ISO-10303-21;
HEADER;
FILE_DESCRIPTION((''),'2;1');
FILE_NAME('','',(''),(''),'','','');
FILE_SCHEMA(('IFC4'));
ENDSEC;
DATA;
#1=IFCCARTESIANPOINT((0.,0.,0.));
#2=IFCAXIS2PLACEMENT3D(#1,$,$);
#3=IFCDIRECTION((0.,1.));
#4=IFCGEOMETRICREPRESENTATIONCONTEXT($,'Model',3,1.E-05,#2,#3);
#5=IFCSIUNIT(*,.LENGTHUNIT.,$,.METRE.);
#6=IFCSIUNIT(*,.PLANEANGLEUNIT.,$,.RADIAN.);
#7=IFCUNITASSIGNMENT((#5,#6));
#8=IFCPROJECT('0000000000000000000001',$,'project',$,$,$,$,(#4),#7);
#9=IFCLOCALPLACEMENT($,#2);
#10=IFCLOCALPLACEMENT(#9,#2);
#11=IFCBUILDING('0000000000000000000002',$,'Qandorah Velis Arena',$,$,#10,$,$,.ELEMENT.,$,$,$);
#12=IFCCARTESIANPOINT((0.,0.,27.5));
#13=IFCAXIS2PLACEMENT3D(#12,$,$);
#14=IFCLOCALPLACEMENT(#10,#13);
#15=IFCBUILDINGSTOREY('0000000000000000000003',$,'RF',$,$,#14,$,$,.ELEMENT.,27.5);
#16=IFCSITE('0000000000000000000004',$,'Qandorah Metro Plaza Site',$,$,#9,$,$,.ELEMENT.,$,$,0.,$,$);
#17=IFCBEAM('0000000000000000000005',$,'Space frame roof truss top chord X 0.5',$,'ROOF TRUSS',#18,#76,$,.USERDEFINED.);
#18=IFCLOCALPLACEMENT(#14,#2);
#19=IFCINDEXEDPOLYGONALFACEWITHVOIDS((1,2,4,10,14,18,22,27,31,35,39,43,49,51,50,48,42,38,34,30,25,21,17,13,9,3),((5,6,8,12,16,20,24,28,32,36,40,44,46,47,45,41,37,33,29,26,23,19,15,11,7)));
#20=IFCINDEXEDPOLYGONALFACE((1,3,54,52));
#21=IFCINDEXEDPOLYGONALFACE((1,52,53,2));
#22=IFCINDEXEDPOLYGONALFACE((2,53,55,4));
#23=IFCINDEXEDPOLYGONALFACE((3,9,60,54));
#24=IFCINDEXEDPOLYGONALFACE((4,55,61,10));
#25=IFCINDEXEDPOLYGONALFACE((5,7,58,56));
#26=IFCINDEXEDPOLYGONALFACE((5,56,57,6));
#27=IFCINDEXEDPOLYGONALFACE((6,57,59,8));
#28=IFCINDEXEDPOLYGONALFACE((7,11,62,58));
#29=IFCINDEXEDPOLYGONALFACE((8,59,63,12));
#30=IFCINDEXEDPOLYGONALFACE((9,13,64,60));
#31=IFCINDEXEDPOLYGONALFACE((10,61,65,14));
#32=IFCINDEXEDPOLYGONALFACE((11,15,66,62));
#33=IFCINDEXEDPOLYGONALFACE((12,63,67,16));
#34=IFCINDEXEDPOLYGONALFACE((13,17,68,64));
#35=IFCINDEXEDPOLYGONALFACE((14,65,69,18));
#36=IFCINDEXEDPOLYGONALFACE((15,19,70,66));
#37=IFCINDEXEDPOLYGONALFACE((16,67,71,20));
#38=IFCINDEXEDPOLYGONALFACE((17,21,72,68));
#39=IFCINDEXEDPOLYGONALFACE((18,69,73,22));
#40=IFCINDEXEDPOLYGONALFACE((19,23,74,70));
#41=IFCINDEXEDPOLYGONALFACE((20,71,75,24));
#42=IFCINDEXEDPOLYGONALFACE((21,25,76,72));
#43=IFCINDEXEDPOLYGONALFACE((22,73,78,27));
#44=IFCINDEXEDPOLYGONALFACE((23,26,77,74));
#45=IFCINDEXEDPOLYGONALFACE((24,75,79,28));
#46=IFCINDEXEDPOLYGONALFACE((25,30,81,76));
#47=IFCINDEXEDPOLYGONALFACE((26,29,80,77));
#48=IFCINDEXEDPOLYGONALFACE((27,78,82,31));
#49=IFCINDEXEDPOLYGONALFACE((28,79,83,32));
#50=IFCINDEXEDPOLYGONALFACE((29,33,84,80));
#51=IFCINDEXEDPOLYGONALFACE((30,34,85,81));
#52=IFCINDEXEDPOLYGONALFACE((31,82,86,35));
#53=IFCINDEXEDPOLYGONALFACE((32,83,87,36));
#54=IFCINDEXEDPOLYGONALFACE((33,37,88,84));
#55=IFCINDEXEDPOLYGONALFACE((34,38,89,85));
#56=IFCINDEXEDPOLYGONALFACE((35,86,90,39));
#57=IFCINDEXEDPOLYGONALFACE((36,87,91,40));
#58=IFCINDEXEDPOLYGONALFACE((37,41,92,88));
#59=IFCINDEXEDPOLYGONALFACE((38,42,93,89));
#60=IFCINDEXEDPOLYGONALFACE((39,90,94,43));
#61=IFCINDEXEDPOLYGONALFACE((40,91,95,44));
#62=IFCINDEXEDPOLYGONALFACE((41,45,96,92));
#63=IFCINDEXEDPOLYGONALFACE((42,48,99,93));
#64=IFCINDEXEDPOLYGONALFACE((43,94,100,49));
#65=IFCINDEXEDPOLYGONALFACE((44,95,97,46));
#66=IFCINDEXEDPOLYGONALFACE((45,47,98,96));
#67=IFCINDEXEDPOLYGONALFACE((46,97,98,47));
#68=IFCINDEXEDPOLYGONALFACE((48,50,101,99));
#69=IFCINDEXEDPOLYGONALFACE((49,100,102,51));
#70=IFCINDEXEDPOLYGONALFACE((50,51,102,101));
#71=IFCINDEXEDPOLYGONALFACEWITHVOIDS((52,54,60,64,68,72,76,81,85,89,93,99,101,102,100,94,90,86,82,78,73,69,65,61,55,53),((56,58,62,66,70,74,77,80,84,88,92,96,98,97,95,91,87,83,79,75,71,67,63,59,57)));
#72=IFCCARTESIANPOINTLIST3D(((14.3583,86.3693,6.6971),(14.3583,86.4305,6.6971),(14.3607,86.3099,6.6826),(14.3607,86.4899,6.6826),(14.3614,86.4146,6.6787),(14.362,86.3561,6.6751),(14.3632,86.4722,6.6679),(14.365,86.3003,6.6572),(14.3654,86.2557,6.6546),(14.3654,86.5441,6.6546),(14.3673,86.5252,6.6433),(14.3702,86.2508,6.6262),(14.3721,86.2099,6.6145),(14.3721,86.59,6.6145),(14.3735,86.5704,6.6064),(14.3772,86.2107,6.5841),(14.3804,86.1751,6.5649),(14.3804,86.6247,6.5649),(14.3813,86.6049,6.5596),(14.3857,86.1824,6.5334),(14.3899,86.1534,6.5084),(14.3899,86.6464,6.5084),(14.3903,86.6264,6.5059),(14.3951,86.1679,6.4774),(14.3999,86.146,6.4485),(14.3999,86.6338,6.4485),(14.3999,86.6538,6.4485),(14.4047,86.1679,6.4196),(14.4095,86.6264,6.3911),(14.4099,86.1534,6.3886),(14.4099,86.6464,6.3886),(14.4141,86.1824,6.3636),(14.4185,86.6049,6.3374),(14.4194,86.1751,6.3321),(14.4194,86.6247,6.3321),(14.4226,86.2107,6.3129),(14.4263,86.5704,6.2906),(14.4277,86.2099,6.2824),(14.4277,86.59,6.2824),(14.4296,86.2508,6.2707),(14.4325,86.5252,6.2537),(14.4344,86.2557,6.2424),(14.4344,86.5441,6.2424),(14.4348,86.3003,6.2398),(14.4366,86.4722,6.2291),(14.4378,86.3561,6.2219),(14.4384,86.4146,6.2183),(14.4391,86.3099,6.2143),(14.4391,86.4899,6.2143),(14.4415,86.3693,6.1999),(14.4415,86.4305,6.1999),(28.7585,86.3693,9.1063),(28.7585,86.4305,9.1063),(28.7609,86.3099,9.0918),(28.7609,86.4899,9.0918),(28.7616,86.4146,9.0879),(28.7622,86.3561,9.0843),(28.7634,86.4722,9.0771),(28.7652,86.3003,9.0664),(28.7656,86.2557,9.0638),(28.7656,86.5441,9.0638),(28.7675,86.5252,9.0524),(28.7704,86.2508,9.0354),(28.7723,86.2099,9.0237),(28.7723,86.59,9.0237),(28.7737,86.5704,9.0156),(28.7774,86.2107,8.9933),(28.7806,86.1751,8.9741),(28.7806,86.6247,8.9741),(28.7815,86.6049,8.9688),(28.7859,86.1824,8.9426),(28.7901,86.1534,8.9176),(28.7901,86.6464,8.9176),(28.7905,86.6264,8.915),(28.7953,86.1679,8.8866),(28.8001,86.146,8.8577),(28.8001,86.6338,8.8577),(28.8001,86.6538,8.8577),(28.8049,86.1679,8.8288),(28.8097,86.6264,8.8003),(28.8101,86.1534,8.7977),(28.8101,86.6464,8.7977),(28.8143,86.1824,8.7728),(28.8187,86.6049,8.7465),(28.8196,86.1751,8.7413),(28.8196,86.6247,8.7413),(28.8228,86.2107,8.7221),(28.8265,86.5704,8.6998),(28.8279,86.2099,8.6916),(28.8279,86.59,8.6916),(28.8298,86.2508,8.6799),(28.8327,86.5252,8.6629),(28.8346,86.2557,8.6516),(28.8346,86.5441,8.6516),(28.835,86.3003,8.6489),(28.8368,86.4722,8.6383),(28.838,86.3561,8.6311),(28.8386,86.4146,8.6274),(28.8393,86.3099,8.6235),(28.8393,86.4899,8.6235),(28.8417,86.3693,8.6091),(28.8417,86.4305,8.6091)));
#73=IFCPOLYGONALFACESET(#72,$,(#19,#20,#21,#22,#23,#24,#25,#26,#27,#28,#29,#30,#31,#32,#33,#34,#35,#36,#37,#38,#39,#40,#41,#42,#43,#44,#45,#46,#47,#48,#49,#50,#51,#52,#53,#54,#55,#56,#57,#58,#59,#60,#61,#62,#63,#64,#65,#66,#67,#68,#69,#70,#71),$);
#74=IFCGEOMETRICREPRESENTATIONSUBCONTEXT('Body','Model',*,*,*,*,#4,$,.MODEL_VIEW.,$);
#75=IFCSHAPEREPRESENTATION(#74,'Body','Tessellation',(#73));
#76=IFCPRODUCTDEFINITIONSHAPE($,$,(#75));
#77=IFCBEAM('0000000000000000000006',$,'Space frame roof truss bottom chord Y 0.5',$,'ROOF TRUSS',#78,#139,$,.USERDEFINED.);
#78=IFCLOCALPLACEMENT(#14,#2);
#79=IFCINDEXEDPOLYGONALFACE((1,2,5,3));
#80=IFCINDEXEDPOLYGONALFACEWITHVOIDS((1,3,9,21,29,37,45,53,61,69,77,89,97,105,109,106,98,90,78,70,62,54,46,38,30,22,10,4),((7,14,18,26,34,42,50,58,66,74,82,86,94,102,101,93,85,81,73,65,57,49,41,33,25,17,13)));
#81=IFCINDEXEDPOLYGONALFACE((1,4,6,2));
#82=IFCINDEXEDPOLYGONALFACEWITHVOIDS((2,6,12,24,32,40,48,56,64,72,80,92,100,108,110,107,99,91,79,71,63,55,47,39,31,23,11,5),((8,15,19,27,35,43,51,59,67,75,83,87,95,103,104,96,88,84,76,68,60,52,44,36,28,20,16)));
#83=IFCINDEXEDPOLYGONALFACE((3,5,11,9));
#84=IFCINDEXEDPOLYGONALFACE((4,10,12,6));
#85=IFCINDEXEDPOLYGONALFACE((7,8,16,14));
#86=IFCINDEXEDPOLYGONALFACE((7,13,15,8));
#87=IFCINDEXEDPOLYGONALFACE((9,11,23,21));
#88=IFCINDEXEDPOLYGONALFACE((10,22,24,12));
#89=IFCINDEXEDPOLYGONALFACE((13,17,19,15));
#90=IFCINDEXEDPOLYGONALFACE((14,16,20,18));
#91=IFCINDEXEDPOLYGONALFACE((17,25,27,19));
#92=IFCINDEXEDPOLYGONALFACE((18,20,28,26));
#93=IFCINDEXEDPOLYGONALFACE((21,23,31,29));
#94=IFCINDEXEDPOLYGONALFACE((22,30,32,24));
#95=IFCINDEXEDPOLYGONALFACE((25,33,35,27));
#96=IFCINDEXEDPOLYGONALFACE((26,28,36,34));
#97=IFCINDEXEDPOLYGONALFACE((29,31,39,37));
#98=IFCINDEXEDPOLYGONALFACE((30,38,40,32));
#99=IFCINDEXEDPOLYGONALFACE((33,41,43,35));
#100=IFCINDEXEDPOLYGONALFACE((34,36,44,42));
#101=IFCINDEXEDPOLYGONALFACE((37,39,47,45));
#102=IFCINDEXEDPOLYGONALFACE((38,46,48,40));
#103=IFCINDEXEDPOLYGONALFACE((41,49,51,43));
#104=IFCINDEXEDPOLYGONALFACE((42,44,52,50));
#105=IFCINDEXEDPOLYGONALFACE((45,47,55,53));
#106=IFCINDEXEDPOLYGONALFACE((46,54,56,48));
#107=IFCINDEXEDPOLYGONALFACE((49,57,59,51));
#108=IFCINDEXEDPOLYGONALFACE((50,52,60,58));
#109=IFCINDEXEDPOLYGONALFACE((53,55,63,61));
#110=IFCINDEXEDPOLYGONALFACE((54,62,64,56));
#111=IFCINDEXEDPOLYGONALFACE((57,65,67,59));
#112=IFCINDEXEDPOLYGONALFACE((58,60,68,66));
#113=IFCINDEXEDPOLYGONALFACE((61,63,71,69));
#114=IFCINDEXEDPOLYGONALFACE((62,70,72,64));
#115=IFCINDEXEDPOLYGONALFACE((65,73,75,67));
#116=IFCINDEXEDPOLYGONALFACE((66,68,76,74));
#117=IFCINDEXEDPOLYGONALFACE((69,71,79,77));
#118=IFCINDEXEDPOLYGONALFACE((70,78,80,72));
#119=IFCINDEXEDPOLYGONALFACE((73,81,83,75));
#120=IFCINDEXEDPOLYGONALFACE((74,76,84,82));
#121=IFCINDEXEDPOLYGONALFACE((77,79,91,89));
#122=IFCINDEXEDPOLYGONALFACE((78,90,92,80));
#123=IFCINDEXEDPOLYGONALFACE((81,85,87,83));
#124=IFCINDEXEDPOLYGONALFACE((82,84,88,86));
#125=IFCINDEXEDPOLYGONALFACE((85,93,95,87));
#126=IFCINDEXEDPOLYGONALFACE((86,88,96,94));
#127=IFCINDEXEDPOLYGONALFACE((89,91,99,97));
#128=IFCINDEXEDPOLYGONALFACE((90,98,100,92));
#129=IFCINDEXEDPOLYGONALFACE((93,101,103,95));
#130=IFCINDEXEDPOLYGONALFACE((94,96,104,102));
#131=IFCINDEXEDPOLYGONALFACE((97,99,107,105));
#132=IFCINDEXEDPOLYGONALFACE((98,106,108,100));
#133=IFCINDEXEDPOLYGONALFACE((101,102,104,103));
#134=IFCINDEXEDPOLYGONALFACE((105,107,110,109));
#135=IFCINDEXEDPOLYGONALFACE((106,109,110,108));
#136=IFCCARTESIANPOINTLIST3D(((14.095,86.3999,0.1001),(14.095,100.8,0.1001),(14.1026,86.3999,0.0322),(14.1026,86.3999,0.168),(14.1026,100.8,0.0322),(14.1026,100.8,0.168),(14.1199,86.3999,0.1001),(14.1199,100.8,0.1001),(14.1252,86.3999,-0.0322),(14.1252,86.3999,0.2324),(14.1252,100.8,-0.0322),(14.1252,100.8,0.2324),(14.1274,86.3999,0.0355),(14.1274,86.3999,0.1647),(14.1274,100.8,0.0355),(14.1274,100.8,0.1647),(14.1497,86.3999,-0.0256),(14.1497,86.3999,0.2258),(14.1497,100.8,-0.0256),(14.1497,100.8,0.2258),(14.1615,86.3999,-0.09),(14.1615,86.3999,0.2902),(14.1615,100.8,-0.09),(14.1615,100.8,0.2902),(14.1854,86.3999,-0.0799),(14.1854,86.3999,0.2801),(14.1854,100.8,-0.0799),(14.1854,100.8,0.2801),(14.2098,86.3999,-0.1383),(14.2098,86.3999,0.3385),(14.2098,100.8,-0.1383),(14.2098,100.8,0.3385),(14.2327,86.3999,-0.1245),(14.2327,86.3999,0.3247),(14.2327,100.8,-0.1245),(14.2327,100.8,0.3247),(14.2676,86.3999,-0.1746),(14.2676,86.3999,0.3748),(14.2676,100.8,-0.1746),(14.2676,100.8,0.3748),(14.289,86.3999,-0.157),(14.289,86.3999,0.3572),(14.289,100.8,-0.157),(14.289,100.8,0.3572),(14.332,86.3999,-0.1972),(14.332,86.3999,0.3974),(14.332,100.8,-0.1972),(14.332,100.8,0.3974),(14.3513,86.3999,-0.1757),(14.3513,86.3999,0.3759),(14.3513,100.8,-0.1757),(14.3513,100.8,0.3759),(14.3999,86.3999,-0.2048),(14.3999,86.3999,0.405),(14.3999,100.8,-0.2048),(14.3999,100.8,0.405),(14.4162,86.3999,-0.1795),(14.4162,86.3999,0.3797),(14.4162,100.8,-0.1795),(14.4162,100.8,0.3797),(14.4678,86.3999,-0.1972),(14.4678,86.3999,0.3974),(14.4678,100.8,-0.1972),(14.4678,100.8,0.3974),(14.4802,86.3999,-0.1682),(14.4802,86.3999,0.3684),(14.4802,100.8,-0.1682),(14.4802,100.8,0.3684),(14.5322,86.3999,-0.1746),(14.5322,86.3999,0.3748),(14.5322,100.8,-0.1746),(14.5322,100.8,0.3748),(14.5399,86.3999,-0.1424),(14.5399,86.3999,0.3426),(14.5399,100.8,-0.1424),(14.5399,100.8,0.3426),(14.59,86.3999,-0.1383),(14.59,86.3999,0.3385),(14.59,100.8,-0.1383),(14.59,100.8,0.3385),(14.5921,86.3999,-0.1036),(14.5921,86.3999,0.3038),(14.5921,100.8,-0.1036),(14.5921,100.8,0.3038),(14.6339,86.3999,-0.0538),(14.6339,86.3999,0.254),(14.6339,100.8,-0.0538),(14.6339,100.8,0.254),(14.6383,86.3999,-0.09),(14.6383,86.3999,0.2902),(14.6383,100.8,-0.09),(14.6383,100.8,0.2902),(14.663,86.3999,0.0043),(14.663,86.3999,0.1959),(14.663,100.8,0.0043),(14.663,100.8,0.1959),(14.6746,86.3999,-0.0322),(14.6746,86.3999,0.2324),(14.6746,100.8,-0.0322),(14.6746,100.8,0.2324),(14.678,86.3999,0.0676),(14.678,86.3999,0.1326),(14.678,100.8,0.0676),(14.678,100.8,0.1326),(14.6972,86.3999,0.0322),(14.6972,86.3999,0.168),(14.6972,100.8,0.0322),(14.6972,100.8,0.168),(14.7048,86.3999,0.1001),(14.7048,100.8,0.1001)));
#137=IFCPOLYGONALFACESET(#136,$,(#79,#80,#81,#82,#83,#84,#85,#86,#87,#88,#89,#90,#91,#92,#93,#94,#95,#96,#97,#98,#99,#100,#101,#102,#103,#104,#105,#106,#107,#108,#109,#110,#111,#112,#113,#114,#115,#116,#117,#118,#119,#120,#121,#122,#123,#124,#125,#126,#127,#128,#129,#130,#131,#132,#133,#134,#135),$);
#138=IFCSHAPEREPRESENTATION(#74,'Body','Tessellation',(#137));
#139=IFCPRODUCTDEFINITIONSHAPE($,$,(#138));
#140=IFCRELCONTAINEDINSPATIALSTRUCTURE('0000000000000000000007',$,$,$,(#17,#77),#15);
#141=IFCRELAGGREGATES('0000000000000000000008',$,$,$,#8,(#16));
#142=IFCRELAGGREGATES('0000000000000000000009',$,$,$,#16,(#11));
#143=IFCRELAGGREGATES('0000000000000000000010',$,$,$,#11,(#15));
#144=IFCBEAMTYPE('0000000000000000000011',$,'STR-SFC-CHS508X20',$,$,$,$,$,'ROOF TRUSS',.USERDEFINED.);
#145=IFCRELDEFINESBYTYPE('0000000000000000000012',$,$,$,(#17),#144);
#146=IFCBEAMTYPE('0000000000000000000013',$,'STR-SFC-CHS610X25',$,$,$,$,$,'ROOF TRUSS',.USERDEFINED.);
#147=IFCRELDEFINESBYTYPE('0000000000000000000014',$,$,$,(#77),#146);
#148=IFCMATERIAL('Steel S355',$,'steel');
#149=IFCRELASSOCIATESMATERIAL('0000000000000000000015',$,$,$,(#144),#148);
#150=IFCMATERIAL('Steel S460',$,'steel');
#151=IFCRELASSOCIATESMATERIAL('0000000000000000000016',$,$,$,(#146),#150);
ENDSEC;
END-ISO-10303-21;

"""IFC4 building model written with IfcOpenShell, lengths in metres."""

from ifc_helpers import new_model, si_unit, direction, frame, origin, origin_2d, place, context, subcontext, project, spatial, hollow_circle, extrude, material, material_profile, profile_set, type_object, element, save


model = new_model("IFC4")

# Units and contexts
model_context = context("Model", 3, precision=1e-05, world=origin(), true_north=direction((0.0, 1.0)))
body_context = subcontext(model_context, "Body", "Model", "MODEL_VIEW")
ifc_project = project(units=[si_unit("LENGTHUNIT", "METRE"), si_unit("PLANEANGLEUNIT", "RADIAN")], contexts=[model_context])

# Site, building, storey
site_placement = place(None, origin())
site = spatial("IfcSite", under=ifc_project, at=site_placement, Name="Qandorah Metro Plaza Site", CompositionType="ELEMENT", RefElevation=0.0)
building_placement = place(site_placement, origin())
building = spatial("IfcBuilding", under=site, at=building_placement, Name="Qandorah Velis Arena", CompositionType="ELEMENT")
storey_placement = place(building_placement, frame((0.0, 0.0, 27.5)))
storey = spatial("IfcBuildingStorey", under=building, at=storey_placement, Name="RF", CompositionType="ELEMENT", Elevation=27.5)

# Beams
ifc_material_1 = material(Name="Steel S355", Category="steel")
ifc_material_profile_1 = material_profile(ifc_material_1, hollow_circle(Radius=0.2539, WallThickness=0.02, at=origin_2d()), Name="CHS 508x20")
ifc_profile_set_1 = profile_set([ifc_material_profile_1], Name="Steel S355")
beam_type_1 = type_object("IfcBeamType", Name="STR-SFC-CHS508X20", ElementType="ROOF TRUSS", PredefinedType="USERDEFINED", material=ifc_profile_set_1)
beam_1_placement = place(storey_placement, frame((14.3999, 86.3999, 6.4485), z_axis=(0.986292, 0.0, 0.165009), x_axis=(0.0, 1.0, 0.0)))
element("IfcBeam", 1, at=beam_1_placement, inside=storey, type_object=beam_type_1, Name="Space frame roof truss top chord X 0.5", ObjectType="ROOF TRUSS", PredefinedType="USERDEFINED", context=body_context, shape_type="SweptSolid", body=[
    extrude(hollow_circle(Radius=0.2539, WallThickness=0.02, at=origin_2d()), origin(), (0.0, 0.0, 1.0), 14.6003),
])
ifc_material_2 = material(Name="Steel S460", Category="steel")
ifc_material_profile_2 = material_profile(ifc_material_2, hollow_circle(Radius=0.3049, WallThickness=0.0249, at=origin_2d()), Name="CHS 610x25")
ifc_profile_set_2 = profile_set([ifc_material_profile_2], Name="Steel S460")
beam_type_2 = type_object("IfcBeamType", Name="STR-SFC-CHS610X25", ElementType="ROOF TRUSS", PredefinedType="USERDEFINED", material=ifc_profile_set_2)
beam_2_placement = place(storey_placement, frame((14.3999, 86.3999, 0.1001), z_axis=(0.0, 1.0, 0.0), x_axis=(-1.0, 0.0, 0.0)))
element("IfcBeam", 2, at=beam_2_placement, inside=storey, type_object=beam_type_2, Name="Space frame roof truss bottom chord Y 0.5", ObjectType="ROOF TRUSS", PredefinedType="USERDEFINED", context=body_context, shape_type="SweptSolid", body=[
    extrude(hollow_circle(Radius=0.3049, WallThickness=0.0249, at=origin_2d()), origin(), (0.0, 0.0, 1.0), 14.4001),
])

save(model, "model.ifc")
